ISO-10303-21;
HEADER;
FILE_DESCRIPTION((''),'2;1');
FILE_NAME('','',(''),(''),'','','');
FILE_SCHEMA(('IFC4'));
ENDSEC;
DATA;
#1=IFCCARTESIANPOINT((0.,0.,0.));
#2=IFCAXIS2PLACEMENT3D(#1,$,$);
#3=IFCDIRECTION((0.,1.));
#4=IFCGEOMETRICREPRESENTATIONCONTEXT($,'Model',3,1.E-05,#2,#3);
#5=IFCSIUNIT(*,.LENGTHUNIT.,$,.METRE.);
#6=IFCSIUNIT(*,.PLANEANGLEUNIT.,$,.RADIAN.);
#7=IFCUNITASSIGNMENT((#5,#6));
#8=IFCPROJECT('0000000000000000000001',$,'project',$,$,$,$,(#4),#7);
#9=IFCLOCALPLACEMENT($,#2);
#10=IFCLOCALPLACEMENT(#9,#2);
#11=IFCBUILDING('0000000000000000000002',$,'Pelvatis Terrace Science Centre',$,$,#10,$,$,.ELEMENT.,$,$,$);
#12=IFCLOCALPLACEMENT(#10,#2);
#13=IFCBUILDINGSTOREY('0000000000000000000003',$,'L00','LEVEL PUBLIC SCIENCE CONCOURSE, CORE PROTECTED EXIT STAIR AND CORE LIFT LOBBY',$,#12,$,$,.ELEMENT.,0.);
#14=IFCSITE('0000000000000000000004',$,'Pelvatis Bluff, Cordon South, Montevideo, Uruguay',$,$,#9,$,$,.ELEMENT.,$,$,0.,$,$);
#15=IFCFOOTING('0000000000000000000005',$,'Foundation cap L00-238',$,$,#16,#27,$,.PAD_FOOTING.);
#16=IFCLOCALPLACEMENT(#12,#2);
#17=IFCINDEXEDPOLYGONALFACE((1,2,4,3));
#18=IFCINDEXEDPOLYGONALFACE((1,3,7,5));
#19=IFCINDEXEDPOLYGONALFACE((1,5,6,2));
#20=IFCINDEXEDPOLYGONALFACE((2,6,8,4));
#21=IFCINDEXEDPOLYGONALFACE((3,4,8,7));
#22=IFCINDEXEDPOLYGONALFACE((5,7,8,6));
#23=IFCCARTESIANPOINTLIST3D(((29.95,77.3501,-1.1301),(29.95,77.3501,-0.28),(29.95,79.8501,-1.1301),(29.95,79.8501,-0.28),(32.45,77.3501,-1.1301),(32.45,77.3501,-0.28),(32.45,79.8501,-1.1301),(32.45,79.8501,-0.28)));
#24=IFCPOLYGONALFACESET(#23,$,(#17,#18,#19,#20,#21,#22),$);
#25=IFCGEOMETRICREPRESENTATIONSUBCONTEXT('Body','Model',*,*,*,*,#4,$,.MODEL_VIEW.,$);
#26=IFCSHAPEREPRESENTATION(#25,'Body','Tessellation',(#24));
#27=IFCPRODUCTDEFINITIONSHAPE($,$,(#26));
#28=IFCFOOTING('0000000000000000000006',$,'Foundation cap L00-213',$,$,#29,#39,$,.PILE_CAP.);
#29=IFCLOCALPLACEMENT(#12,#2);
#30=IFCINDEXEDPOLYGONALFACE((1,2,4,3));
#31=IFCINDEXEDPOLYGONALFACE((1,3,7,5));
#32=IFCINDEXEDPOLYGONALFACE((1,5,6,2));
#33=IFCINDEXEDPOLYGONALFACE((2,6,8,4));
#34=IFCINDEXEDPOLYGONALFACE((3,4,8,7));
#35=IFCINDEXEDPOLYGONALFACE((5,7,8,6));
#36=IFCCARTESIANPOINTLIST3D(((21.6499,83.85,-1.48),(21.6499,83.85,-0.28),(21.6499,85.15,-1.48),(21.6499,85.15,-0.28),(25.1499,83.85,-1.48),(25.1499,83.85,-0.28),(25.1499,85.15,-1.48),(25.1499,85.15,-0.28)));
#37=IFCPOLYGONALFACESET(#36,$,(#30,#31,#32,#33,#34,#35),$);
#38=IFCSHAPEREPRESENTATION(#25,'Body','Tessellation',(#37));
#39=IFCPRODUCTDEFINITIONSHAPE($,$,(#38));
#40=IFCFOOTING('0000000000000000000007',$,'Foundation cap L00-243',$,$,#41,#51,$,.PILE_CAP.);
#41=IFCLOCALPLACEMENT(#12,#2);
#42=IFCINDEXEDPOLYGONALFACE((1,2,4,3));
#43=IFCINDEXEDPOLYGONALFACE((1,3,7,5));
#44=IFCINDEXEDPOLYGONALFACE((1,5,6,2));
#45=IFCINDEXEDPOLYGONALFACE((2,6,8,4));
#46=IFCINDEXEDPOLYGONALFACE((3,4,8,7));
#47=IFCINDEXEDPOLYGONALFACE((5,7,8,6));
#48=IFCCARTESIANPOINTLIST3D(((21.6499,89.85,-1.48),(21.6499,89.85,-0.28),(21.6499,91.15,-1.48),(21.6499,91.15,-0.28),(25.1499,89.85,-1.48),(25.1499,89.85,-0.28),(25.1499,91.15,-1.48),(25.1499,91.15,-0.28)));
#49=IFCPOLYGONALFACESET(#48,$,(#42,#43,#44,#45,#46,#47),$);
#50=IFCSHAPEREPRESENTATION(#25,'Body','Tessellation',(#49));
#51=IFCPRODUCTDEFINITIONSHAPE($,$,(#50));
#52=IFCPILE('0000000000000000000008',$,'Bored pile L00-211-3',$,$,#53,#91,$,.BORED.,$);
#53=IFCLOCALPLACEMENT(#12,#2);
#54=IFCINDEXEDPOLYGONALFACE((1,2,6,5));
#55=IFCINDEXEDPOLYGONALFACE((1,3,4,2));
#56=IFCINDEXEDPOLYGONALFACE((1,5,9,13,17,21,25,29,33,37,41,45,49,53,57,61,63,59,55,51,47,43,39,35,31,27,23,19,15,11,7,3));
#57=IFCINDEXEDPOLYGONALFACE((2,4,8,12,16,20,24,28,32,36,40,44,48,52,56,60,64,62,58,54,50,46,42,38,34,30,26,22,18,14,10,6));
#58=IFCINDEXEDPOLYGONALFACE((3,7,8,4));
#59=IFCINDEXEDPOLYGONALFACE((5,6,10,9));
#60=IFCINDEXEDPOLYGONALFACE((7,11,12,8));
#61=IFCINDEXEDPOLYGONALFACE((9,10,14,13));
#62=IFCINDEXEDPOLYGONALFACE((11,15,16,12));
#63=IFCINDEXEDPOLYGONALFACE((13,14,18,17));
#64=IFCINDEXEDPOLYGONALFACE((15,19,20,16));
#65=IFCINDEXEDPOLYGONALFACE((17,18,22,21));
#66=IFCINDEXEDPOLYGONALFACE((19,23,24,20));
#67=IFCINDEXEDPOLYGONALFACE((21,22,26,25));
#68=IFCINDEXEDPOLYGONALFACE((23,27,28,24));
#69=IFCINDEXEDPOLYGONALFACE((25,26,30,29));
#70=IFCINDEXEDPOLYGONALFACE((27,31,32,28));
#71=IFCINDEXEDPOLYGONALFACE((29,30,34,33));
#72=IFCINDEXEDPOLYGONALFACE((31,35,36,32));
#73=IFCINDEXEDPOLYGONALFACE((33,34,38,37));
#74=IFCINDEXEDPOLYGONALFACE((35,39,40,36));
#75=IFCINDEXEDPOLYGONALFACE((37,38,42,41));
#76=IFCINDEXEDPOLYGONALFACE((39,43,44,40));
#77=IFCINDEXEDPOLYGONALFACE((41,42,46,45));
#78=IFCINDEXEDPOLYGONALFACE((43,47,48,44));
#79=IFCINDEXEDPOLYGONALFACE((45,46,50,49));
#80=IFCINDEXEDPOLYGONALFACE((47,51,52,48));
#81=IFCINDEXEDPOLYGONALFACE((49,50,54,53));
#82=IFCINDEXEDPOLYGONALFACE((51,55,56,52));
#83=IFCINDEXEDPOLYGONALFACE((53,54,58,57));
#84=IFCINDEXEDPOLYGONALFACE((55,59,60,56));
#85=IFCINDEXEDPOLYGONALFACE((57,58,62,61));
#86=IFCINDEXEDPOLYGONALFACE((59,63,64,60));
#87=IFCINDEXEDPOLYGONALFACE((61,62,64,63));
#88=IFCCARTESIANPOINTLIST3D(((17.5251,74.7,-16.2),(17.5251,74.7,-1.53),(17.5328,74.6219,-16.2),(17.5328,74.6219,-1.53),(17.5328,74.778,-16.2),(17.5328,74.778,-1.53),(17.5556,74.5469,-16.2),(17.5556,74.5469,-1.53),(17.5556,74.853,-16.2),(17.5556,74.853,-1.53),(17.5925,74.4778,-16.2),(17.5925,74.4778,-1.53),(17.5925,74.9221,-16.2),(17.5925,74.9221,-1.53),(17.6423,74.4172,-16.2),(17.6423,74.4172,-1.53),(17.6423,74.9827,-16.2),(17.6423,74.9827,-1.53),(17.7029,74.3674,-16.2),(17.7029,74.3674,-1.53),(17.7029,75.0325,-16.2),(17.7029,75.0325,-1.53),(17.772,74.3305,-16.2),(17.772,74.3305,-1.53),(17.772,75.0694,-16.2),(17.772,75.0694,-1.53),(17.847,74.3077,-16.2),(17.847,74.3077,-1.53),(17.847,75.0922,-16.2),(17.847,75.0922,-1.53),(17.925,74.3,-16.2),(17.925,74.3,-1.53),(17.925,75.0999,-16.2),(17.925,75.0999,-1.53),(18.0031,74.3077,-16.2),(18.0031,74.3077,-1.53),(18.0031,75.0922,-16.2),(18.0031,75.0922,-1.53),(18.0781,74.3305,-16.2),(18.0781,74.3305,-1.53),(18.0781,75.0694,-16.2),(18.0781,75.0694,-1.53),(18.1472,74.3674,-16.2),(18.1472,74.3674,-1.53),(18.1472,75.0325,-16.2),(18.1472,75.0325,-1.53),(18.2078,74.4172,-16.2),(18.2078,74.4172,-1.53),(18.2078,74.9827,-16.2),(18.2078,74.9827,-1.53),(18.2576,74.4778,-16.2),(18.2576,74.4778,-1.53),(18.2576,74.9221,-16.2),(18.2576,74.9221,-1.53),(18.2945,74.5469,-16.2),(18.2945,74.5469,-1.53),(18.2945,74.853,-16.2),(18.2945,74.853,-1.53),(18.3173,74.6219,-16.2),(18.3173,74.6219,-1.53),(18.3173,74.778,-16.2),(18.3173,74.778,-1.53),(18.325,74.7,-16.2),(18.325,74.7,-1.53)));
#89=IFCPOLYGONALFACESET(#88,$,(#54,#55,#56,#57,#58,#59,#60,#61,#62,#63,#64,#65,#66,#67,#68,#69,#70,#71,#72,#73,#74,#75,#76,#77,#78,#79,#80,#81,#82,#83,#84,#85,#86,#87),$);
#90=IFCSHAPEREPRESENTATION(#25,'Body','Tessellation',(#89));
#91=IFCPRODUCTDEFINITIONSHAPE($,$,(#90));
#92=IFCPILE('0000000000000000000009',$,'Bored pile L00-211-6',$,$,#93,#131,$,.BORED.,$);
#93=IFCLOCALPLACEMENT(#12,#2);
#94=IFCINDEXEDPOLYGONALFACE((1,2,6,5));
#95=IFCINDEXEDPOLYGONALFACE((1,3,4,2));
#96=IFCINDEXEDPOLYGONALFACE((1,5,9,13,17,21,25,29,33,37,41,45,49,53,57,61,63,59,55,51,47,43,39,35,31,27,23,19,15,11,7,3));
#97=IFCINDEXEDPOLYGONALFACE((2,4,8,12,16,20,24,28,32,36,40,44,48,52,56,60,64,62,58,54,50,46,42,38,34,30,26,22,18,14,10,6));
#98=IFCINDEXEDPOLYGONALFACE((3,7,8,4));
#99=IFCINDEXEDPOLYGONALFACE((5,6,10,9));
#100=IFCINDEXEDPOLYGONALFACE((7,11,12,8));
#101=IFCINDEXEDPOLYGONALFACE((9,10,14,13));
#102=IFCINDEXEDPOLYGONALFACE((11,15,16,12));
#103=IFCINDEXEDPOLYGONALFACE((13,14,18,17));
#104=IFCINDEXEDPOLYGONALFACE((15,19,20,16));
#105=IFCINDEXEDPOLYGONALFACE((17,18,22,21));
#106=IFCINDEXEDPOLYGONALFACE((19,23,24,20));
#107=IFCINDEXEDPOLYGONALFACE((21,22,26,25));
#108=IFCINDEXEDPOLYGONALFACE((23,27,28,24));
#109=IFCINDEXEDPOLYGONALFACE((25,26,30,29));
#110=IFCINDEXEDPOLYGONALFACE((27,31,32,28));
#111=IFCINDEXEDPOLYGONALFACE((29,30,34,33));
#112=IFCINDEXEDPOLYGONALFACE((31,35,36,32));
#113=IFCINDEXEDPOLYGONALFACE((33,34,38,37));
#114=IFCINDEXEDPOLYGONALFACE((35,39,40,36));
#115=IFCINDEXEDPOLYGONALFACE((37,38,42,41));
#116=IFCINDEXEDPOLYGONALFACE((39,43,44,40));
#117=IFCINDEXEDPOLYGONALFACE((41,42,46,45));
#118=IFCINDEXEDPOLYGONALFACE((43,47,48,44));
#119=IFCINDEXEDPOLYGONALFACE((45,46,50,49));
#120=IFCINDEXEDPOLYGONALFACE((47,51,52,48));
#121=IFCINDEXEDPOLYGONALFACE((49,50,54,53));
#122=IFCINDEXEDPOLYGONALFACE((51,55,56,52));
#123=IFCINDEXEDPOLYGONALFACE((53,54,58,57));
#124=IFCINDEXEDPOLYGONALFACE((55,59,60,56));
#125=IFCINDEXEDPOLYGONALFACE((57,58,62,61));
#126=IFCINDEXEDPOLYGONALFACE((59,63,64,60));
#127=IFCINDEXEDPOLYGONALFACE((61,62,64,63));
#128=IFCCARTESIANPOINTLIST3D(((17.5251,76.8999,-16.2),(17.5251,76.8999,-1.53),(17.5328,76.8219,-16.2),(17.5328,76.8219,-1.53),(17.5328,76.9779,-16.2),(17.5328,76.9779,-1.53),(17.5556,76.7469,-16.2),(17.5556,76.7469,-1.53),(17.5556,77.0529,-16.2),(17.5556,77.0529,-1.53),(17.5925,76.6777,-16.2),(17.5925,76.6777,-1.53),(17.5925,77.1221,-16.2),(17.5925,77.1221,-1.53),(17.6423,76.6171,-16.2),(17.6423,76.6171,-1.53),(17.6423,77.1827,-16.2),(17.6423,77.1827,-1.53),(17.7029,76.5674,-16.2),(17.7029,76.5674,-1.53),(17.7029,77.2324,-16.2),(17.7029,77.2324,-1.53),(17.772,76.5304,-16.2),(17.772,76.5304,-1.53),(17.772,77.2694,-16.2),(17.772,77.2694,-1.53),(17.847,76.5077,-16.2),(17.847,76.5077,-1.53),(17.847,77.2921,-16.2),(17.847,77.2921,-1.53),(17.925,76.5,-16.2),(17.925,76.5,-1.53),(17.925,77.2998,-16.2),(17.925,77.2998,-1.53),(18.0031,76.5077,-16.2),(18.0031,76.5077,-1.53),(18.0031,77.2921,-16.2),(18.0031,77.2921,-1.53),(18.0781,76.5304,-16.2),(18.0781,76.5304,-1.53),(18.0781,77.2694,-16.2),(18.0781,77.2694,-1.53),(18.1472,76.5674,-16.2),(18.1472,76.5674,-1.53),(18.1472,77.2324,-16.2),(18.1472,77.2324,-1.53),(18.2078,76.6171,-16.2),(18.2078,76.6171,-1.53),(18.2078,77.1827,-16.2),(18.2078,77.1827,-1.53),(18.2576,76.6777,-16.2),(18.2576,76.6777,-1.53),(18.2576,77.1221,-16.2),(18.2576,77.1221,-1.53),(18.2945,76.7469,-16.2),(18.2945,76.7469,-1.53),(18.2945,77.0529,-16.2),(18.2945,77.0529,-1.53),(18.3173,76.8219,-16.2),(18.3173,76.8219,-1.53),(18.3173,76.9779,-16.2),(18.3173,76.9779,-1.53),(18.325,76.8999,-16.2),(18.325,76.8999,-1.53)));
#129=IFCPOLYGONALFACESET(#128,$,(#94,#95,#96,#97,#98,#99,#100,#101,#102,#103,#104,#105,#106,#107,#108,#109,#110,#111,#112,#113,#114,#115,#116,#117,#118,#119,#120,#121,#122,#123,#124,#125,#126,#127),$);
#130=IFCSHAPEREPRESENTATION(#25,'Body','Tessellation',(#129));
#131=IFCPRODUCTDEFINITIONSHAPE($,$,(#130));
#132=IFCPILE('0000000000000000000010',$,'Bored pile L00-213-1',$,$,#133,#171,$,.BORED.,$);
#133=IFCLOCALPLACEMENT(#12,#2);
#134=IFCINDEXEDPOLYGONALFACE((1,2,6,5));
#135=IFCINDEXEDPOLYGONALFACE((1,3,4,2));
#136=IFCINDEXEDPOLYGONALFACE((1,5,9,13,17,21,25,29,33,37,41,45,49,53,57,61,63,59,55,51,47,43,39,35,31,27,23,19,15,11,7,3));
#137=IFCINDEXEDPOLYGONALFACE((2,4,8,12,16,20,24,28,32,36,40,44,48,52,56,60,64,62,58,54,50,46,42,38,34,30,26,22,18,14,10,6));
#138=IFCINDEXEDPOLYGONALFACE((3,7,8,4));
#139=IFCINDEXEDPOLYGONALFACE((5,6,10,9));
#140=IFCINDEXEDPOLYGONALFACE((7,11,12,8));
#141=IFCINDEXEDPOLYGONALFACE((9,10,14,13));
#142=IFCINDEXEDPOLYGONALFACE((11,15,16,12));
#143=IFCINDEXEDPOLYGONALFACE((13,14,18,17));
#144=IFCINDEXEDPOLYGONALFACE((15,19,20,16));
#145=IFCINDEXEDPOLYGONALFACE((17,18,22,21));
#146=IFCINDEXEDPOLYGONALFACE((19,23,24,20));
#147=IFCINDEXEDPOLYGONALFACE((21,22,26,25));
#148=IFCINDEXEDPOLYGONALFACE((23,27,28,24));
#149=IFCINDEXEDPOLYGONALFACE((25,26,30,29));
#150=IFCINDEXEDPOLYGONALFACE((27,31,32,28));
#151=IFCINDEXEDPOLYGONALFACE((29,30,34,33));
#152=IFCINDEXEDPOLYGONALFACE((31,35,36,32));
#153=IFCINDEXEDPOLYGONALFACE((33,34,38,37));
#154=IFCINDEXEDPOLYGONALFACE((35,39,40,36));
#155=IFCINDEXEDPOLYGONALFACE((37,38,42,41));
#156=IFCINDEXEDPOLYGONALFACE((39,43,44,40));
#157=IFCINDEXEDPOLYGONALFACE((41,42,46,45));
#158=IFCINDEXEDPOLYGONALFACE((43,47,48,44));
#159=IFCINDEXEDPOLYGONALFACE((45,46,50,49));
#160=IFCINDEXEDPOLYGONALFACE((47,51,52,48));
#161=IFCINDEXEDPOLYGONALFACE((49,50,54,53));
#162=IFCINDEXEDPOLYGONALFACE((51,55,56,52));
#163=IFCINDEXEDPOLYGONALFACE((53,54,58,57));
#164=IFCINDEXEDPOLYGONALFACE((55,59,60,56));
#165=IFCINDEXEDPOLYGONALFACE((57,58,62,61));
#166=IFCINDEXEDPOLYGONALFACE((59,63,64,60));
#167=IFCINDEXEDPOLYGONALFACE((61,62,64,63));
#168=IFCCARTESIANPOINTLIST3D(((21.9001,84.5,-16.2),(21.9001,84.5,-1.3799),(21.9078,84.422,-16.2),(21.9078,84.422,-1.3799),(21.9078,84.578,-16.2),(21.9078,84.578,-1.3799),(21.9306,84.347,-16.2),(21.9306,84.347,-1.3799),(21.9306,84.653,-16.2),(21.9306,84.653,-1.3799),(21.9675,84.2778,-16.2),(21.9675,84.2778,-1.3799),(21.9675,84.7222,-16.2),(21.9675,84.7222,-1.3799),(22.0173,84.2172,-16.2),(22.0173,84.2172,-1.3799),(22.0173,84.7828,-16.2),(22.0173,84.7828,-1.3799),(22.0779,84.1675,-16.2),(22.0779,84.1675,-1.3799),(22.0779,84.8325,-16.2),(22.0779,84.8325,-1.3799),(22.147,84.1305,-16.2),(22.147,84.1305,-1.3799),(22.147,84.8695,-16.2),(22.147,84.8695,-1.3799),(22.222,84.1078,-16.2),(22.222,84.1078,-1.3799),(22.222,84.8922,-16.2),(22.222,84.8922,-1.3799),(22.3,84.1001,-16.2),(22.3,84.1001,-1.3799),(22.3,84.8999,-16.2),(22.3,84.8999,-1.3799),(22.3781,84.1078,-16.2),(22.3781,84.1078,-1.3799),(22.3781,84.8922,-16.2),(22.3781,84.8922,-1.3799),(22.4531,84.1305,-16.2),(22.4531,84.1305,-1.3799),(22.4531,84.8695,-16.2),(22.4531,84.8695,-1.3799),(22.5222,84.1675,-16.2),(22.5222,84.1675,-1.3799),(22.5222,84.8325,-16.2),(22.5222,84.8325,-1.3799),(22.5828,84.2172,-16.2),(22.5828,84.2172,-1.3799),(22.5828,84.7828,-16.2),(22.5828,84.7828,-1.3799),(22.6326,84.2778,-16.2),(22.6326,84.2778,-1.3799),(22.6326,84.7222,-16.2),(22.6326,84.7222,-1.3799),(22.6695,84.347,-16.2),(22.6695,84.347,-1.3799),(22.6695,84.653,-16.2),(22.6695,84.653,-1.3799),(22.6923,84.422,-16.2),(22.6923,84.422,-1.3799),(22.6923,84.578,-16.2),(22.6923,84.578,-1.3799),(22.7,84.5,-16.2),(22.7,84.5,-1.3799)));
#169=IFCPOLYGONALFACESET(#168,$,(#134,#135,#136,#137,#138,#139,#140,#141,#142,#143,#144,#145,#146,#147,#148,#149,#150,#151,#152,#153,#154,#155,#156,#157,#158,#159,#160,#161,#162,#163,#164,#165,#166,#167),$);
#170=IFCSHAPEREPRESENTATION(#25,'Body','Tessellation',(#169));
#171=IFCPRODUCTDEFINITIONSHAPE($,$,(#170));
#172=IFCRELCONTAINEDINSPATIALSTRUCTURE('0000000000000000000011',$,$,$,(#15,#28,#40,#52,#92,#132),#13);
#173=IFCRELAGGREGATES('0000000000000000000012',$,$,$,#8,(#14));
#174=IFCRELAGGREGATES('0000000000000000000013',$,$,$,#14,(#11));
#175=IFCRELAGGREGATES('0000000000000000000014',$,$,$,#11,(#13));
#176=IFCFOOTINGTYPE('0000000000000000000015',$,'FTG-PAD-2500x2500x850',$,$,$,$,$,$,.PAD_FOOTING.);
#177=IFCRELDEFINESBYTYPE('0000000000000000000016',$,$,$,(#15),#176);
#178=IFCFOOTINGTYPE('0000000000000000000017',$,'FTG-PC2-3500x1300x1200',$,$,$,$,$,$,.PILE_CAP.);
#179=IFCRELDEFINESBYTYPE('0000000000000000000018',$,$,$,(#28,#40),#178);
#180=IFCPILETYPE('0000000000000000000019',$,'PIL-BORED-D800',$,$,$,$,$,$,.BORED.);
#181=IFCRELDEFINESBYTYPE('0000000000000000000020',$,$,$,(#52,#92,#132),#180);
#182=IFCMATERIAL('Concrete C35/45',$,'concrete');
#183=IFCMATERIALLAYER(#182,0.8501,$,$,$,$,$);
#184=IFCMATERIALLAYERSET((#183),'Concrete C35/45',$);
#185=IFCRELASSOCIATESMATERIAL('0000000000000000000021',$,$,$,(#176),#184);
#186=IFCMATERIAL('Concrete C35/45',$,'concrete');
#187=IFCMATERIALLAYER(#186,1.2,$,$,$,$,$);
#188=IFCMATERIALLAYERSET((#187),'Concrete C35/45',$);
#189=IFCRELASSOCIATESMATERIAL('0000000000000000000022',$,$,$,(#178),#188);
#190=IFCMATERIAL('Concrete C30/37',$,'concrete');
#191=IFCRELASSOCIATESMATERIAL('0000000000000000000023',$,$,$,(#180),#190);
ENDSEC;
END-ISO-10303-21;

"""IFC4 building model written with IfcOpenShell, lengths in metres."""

from ifc_helpers import new_model, si_unit, direction, frame, origin, origin_2d, place, context, subcontext, project, spatial, rectangle, circle, extrude, material, layer, layer_set, material_profile, profile_set, type_object, element, save


model = new_model("IFC4")

# Units and contexts
model_context = context("Model", 3, precision=1e-05, world=origin(), true_north=direction((0.0, 1.0)))
body_context = subcontext(model_context, "Body", "Model", "MODEL_VIEW")
ifc_project = project(units=[si_unit("LENGTHUNIT", "METRE"), si_unit("PLANEANGLEUNIT", "RADIAN")], contexts=[model_context])

# Site, building, storey
site_placement = place(None, origin())
site = spatial("IfcSite", under=ifc_project, at=site_placement, Name="Pelvatis Bluff, Cordon South, Montevideo, Uruguay", CompositionType="ELEMENT", RefElevation=0.0)
building_placement = place(site_placement, origin())
building = spatial("IfcBuilding", under=site, at=building_placement, Name="Pelvatis Terrace Science Centre", CompositionType="ELEMENT")
storey_placement = place(building_placement, origin())
storey = spatial("IfcBuildingStorey", under=building, at=storey_placement, Name="L00", Description="LEVEL PUBLIC SCIENCE CONCOURSE, CORE PROTECTED EXIT STAIR AND CORE LIFT LOBBY", CompositionType="ELEMENT", Elevation=0.0)

# Footings
ifc_material_1 = material(Name="Concrete C35/45", Category="concrete")
ifc_layer_1 = layer(ifc_material_1, 0.8501)
ifc_layer_set_1 = layer_set([ifc_layer_1], Name="Concrete C35/45")
footing_type_1 = type_object("IfcFootingType", Name="FTG-PAD-2500x2500x850", PredefinedType="PAD_FOOTING", material=ifc_layer_set_1)
footing_placement = place(storey_placement, frame((31.2, 78.6001, -1.1301), z_axis=(0.0, 0.0, 1.0), x_axis=(1.0, 0.0, 0.0)))
element("IfcFooting", 1, at=footing_placement, inside=storey, type_object=footing_type_1, Name="Foundation cap L00-238", PredefinedType="PAD_FOOTING", context=body_context, shape_type="SweptSolid", body=[
    extrude(rectangle(XDim=2.5, YDim=2.5, at=origin_2d()), origin(), (0.0, 0.0, 1.0), 0.8501),
])
ifc_material_2 = material(Name="Concrete C35/45", Category="concrete")
ifc_layer_2 = layer(ifc_material_2, 1.2)
ifc_layer_set_2 = layer_set([ifc_layer_2], Name="Concrete C35/45")
footing_type_2 = type_object("IfcFootingType", Name="FTG-PC2-3500x1300x1200", PredefinedType="PILE_CAP", material=ifc_layer_set_2)
for number, where, z_axis, x_axis, name in (
    (2, (23.3999, 84.5, -1.48), (0.0, 0.0, 1.0), (1.0, 0.0, 0.0), "Foundation cap L00-213"),
    (3, (23.3999, 90.5, -1.48), (0.0, 0.0, 1.0), (1.0, 0.0, 0.0), "Foundation cap L00-243"),
):
    element("IfcFooting", number, at=place(storey_placement, frame(where, z_axis=z_axis, x_axis=x_axis)), inside=storey, type_object=footing_type_2, Name=name, PredefinedType="PILE_CAP", context=body_context, shape_type="SweptSolid", body=[
        extrude(rectangle(XDim=3.5, YDim=1.3, at=origin_2d()), origin(), (0.0, 0.0, 1.0), 1.2),
    ])

# Piles
ifc_material_3 = material(Name="Concrete C30/37", Category="concrete")
ifc_material_profile_1 = material_profile(ifc_material_3, circle(Radius=0.3999, at=origin_2d()), Name="PILE D800")
ifc_profile_set_1 = profile_set([ifc_material_profile_1], Name="Concrete C30/37")
pile_type = type_object("IfcPileType", Name="PIL-BORED-D800", PredefinedType="BORED", material=ifc_profile_set_1)
for number, where, z_axis, x_axis, name in (
    (4, (17.925, 74.7, -1.53), (0.0, 0.0, -1.0), (1.0, 0.0, 0.0), "Bored pile L00-211-3"),
    (5, (17.925, 76.8999, -1.53), (0.0, 0.0, -1.0), (1.0, 0.0, 0.0), "Bored pile L00-211-6"),
):
    element("IfcPile", number, at=place(storey_placement, frame(where, z_axis=z_axis, x_axis=x_axis)), inside=storey, type_object=pile_type, Name=name, PredefinedType="BORED", context=body_context, shape_type="SweptSolid", body=[
        extrude(circle(Radius=0.3999, at=origin_2d()), origin(), (0.0, 0.0, 1.0), 14.6699),
    ])
for number, where, z_axis, x_axis, name in (
    (6, (22.3, 84.5, -1.3799), (0.0, 0.0, -1.0), (1.0, 0.0, 0.0), "Bored pile L00-213-1"),
):
    element("IfcPile", number, at=place(storey_placement, frame(where, z_axis=z_axis, x_axis=x_axis)), inside=storey, type_object=pile_type, Name=name, PredefinedType="BORED", context=body_context, shape_type="SweptSolid", body=[
        extrude(circle(Radius=0.3999, at=origin_2d()), origin(), (0.0, 0.0, 1.0), 14.8201),
    ])

save(model, "model.ifc")
